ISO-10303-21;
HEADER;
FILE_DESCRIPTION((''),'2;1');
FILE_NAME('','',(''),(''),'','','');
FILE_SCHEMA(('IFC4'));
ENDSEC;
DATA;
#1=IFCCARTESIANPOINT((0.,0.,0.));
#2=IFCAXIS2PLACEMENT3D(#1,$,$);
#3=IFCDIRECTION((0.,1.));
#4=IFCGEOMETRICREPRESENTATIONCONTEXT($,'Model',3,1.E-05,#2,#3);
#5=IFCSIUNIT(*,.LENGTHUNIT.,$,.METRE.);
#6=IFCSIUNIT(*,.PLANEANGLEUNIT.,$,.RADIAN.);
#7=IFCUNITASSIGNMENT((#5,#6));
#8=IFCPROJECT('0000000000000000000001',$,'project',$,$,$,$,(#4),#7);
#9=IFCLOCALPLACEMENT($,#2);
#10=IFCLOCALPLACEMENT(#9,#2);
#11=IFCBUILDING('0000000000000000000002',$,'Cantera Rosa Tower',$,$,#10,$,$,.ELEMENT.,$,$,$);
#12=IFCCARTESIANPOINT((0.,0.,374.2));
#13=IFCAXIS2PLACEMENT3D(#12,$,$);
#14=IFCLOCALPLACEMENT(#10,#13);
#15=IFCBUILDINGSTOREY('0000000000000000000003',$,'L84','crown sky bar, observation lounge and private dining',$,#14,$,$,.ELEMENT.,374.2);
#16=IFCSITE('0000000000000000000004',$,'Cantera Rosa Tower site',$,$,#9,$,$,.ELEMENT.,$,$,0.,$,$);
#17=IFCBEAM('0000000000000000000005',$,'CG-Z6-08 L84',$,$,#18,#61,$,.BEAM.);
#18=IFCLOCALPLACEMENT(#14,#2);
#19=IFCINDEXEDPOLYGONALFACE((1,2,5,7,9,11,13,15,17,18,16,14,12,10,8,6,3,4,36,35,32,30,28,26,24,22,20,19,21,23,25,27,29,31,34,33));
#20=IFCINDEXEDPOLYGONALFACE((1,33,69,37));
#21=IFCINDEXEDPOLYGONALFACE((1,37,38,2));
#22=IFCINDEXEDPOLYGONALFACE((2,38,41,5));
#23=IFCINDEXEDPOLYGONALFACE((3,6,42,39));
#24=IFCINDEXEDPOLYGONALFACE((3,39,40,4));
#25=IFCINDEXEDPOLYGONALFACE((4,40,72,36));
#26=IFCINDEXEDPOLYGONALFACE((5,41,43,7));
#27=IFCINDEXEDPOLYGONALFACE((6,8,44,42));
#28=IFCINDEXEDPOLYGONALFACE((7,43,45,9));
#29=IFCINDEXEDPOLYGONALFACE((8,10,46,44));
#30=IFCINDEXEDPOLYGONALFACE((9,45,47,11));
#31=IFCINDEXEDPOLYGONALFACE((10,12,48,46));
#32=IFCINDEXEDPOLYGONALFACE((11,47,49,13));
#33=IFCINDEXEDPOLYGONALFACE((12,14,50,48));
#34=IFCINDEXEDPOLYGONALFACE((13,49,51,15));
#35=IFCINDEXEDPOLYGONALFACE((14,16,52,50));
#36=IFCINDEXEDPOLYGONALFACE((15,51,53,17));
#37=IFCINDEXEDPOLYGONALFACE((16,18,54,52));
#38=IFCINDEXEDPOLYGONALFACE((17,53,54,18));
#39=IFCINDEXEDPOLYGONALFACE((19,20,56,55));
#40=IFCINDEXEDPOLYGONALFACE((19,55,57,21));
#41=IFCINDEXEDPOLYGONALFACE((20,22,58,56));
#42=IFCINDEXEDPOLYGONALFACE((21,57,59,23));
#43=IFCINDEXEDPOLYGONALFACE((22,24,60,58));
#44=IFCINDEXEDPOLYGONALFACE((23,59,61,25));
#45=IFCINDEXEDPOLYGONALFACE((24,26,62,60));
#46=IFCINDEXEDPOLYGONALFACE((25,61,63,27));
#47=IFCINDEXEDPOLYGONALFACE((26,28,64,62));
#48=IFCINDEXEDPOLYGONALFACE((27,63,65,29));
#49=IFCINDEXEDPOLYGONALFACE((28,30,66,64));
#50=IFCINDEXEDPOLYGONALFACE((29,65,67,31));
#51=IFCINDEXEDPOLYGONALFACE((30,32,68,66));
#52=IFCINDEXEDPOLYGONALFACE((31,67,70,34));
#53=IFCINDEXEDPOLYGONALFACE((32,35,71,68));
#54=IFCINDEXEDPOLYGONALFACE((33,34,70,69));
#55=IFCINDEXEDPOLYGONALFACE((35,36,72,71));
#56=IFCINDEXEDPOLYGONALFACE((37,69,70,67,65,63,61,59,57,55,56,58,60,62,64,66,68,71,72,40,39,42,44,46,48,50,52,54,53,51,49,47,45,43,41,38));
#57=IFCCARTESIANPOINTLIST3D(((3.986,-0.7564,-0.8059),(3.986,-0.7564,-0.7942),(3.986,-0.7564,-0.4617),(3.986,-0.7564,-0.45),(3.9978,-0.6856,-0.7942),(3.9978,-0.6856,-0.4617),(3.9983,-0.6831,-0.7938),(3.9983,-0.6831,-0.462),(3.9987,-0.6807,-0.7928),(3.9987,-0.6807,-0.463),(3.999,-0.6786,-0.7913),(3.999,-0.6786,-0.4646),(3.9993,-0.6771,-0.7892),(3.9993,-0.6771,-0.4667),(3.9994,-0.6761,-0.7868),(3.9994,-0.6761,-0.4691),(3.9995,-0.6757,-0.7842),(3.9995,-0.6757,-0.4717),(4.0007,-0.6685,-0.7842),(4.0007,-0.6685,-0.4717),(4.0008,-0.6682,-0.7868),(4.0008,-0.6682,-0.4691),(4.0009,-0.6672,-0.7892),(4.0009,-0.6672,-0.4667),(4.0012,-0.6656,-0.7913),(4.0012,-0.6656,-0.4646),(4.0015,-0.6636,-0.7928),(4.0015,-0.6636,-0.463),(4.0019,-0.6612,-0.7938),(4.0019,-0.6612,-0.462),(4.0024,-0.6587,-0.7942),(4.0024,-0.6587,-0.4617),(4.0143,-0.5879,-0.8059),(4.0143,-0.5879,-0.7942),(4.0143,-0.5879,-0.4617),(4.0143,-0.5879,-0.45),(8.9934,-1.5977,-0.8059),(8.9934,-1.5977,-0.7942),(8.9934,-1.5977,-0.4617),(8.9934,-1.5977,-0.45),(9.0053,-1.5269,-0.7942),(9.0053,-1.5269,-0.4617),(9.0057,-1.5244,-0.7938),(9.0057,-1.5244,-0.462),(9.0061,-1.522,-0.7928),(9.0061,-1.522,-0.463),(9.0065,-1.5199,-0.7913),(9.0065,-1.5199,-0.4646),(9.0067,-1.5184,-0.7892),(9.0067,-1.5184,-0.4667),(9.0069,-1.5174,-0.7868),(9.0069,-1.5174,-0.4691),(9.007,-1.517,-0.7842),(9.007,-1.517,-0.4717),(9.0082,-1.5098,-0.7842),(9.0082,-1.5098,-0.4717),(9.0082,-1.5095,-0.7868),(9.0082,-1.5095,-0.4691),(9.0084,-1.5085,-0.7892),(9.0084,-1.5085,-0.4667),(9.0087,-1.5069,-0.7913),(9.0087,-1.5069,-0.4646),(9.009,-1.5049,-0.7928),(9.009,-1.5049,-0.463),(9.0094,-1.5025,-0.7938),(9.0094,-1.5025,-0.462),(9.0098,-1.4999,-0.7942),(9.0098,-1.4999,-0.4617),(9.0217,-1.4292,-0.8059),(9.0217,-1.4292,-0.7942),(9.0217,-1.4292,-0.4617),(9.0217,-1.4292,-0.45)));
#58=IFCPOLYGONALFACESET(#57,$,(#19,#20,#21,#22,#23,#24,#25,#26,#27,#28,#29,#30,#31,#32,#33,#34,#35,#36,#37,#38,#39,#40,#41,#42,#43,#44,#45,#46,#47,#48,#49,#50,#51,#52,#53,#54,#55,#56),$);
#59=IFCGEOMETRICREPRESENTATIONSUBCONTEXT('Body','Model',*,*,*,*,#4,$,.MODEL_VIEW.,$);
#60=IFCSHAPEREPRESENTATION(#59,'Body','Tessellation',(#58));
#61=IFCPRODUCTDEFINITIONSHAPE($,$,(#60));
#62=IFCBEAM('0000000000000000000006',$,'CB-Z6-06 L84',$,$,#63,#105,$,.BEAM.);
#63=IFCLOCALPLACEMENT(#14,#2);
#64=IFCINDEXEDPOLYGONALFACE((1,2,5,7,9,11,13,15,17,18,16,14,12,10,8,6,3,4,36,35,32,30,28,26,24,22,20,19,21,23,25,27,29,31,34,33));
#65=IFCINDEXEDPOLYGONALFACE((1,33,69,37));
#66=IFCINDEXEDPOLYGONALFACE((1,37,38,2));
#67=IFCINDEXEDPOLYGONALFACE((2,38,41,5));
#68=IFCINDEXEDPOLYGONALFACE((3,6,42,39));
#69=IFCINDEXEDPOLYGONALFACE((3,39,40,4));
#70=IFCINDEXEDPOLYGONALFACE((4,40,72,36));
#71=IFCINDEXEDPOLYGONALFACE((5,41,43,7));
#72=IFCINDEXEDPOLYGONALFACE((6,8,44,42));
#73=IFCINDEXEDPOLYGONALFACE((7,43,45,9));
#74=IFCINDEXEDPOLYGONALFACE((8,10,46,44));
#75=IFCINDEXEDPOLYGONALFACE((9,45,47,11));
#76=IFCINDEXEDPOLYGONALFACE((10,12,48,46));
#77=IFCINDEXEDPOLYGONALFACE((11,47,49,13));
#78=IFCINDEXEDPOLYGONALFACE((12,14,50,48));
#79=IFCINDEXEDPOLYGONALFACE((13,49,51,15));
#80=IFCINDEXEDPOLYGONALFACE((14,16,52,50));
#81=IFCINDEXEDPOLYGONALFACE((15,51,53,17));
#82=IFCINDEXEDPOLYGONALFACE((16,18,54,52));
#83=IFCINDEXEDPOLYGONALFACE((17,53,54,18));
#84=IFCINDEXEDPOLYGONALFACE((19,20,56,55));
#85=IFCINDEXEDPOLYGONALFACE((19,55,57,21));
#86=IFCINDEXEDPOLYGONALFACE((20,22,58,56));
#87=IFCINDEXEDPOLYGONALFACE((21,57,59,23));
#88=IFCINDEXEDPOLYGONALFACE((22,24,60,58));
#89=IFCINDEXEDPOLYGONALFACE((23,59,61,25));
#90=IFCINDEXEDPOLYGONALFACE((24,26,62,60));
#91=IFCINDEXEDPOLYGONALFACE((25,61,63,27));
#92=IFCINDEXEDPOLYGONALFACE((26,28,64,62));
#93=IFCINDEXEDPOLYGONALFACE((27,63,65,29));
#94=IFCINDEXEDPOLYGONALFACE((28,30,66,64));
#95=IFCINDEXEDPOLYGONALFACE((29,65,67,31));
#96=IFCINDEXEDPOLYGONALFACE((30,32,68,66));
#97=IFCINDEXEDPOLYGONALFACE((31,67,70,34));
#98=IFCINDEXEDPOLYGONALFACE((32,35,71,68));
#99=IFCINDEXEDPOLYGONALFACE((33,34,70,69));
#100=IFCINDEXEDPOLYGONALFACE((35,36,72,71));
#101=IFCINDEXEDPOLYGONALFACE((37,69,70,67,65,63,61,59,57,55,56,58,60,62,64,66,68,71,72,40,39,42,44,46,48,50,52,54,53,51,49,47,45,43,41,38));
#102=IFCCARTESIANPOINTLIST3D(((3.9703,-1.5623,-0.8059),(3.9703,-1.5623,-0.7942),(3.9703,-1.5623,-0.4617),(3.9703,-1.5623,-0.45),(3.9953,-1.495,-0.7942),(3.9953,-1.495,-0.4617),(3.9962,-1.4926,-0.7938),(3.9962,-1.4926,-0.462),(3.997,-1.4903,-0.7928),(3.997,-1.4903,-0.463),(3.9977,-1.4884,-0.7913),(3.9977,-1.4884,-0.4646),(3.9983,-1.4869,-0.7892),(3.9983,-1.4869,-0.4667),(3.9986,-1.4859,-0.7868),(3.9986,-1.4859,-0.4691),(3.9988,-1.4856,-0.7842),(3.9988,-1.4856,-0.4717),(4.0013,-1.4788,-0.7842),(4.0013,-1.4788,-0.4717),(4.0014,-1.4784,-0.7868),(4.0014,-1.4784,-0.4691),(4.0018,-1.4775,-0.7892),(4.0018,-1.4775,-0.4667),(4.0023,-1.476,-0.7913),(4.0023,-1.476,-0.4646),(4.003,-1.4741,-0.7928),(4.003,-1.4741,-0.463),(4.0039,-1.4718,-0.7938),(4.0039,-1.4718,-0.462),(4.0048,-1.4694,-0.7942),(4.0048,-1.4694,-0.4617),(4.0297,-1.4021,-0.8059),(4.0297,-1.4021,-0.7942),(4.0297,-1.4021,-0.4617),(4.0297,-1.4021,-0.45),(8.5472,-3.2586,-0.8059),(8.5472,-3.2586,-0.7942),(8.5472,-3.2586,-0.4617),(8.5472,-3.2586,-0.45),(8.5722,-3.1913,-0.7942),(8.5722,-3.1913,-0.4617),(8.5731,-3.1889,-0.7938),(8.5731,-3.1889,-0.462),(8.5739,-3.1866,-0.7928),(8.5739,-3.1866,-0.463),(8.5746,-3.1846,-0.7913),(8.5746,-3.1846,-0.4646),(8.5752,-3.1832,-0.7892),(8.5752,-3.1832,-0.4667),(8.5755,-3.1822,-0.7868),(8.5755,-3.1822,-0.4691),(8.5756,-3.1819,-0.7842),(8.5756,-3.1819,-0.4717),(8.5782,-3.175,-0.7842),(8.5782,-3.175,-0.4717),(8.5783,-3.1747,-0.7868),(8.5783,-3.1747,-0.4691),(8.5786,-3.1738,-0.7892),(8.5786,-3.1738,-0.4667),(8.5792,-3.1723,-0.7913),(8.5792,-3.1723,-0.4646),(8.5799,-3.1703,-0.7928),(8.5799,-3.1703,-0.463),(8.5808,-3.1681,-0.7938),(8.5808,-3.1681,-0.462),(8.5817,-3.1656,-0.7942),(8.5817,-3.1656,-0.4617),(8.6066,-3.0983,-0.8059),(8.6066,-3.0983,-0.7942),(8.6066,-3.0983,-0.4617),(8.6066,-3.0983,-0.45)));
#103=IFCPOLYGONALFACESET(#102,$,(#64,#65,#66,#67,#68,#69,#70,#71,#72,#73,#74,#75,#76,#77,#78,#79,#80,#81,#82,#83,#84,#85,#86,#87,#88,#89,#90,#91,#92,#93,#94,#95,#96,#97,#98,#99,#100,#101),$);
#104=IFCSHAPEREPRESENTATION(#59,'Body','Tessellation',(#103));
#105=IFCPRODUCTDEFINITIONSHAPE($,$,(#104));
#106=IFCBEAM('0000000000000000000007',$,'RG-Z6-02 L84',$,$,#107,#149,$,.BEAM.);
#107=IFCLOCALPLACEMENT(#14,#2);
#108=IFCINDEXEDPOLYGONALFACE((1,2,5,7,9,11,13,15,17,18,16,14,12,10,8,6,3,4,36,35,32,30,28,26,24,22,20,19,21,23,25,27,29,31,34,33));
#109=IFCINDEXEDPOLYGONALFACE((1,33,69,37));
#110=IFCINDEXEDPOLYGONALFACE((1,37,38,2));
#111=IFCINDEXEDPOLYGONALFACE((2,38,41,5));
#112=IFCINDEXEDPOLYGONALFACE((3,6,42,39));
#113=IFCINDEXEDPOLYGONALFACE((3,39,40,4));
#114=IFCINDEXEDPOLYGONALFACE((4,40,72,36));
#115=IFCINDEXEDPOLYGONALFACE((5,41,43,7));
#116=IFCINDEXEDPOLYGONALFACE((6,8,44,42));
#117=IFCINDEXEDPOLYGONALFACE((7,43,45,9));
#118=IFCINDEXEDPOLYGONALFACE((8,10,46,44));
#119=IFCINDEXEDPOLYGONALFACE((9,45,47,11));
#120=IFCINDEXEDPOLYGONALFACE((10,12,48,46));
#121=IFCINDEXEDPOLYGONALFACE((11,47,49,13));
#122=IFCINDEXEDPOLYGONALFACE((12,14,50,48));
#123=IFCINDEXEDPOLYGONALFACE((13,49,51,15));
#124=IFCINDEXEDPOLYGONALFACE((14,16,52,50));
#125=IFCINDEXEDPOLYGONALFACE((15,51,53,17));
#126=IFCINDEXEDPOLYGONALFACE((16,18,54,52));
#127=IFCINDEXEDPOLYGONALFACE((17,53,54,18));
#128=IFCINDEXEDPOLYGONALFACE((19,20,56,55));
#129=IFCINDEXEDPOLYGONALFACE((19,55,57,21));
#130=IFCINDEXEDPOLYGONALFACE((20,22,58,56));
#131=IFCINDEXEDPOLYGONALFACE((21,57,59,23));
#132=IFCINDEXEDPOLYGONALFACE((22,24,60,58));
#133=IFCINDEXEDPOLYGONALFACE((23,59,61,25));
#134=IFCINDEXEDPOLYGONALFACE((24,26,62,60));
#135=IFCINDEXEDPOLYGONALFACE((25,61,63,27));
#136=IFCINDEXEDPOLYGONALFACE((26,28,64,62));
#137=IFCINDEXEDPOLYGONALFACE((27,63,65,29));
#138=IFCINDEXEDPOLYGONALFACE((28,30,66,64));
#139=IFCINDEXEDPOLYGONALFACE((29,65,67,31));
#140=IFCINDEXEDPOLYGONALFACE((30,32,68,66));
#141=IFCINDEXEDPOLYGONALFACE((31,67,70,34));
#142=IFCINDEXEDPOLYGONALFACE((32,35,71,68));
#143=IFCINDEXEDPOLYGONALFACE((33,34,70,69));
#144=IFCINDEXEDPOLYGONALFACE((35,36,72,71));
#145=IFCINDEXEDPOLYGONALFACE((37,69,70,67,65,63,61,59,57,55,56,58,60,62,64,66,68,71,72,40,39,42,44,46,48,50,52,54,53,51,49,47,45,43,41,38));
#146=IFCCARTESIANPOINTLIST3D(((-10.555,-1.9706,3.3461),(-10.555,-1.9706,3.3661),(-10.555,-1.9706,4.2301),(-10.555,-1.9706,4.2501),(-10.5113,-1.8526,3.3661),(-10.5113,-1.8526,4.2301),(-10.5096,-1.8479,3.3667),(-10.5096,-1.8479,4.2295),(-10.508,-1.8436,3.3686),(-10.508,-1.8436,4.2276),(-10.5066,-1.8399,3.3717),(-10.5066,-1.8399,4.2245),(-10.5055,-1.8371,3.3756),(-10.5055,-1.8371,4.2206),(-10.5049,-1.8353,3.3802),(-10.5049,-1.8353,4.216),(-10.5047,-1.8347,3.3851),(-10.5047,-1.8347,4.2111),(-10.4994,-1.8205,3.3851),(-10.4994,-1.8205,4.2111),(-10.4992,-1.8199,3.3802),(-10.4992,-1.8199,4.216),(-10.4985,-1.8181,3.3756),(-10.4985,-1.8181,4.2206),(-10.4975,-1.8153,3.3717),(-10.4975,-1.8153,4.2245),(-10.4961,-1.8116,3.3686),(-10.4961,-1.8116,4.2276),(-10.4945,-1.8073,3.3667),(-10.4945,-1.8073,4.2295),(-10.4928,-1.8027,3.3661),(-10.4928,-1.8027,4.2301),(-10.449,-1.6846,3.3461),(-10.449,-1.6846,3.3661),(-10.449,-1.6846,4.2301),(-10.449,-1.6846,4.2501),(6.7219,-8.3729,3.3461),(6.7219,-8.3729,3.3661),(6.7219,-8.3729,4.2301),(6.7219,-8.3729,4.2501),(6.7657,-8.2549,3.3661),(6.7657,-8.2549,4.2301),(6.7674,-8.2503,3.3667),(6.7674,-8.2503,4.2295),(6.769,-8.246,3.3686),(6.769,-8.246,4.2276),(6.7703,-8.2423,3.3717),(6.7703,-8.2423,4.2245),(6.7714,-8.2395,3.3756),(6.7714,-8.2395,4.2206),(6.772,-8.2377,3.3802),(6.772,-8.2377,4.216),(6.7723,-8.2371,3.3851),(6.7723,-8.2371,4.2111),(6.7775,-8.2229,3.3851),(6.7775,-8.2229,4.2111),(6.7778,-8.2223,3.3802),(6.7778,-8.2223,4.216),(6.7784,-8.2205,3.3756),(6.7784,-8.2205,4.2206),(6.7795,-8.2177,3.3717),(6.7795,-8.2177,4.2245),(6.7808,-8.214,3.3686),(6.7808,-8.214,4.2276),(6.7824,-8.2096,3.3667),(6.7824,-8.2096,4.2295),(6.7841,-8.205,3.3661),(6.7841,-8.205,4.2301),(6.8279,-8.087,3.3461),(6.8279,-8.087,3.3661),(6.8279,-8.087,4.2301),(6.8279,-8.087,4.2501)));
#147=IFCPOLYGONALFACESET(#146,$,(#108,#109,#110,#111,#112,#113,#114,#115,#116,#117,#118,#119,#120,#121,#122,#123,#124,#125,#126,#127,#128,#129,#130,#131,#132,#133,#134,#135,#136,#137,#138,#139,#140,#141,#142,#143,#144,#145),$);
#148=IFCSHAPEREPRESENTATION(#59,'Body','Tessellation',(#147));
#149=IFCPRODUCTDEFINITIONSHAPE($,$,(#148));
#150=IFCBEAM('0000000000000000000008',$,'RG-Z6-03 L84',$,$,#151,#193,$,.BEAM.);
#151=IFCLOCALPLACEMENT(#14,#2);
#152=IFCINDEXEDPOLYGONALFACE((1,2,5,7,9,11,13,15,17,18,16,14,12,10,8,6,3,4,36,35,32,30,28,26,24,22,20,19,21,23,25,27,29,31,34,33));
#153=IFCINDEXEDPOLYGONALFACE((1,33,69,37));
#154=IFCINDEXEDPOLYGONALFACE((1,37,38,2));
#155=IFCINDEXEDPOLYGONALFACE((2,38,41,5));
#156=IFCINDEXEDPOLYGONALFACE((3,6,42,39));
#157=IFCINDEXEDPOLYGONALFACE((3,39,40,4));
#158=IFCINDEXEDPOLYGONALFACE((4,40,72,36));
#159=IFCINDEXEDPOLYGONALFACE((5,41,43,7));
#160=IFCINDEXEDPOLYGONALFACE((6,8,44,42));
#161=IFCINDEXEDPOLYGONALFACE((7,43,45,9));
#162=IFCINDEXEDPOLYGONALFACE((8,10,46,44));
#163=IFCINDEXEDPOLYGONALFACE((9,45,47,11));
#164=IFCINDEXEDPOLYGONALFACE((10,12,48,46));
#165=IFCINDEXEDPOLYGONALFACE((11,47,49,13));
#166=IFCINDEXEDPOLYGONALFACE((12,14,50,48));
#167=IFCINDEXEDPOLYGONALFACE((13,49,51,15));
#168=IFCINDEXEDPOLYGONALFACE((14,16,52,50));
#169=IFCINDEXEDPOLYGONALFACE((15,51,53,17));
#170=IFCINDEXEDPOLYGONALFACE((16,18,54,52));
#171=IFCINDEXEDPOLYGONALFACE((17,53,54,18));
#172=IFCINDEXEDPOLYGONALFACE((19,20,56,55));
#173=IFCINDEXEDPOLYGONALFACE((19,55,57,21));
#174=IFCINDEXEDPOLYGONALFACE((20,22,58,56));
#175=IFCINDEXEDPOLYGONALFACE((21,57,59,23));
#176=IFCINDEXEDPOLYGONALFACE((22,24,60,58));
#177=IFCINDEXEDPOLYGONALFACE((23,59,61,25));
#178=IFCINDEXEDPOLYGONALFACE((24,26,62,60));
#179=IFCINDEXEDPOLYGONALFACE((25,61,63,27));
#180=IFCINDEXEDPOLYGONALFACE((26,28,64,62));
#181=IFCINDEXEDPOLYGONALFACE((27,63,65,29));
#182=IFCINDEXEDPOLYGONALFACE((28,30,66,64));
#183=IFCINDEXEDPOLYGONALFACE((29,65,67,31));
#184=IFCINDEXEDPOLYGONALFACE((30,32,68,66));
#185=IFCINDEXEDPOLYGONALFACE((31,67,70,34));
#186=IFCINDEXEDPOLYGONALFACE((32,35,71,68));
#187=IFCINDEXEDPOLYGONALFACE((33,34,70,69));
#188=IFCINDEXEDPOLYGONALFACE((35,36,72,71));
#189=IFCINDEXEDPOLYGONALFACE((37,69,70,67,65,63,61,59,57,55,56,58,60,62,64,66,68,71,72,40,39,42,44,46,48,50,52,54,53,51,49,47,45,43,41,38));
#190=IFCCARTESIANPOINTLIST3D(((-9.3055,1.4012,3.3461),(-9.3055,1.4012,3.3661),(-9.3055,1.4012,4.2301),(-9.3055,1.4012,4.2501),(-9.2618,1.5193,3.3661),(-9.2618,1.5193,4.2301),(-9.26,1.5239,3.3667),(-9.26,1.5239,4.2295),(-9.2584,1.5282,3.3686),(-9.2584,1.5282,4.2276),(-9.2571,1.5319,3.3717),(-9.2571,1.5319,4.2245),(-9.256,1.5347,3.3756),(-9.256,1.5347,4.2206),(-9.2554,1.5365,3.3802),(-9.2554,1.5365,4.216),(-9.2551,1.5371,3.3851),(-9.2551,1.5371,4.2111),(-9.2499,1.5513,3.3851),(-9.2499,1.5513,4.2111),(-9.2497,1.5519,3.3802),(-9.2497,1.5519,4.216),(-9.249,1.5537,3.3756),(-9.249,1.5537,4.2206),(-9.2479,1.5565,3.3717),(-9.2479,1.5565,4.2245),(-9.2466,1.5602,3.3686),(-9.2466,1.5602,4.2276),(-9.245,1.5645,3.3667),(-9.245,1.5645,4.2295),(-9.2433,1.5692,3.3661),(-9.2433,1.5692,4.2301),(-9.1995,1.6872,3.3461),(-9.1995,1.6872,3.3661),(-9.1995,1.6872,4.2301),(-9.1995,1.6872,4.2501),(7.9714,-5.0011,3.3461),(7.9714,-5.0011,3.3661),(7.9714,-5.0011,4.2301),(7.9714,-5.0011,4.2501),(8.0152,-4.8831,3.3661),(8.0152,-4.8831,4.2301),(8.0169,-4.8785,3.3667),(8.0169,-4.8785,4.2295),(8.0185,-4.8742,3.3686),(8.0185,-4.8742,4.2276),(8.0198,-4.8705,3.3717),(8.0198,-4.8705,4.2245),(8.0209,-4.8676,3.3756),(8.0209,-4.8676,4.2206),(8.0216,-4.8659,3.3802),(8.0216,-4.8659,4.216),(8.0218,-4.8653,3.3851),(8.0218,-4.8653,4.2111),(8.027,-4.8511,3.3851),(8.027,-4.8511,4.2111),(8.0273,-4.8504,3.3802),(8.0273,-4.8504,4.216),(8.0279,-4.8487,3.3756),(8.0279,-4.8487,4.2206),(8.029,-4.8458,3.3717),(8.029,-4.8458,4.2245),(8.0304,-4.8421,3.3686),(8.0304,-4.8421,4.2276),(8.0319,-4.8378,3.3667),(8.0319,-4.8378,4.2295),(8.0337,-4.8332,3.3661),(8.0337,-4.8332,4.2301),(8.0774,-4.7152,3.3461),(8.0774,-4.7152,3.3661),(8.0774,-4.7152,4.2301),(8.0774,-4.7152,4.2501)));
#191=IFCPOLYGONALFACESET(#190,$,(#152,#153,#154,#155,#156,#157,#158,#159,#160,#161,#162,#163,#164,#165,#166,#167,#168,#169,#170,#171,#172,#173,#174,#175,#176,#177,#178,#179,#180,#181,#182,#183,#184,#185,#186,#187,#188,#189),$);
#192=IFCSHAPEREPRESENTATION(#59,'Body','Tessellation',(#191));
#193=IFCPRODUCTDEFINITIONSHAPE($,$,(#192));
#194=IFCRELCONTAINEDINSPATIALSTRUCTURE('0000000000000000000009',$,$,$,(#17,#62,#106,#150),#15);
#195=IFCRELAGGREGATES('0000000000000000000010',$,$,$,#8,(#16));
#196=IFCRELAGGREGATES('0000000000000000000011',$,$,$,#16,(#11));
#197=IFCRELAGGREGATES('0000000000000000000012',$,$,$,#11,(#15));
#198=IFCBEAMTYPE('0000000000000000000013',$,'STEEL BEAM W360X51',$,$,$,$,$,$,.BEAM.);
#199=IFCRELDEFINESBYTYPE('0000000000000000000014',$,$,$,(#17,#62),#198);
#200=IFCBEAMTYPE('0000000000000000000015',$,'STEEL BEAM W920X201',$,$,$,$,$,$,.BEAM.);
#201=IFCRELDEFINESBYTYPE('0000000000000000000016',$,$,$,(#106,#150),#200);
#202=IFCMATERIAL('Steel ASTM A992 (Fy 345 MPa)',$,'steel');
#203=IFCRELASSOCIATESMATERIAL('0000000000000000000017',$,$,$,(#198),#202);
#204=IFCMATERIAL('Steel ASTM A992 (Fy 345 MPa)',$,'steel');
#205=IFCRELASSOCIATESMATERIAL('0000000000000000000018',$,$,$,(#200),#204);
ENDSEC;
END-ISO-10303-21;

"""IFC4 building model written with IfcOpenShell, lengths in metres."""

from ifc_helpers import new_model, si_unit, direction, frame, origin, origin_2d, place, context, subcontext, project, spatial, i_section, extrude, material, material_profile, profile_set, type_object, element, save


model = new_model("IFC4")

# Units and contexts
model_context = context("Model", 3, precision=1e-05, world=origin(), true_north=direction((0.0, 1.0)))
body_context = subcontext(model_context, "Body", "Model", "MODEL_VIEW")
ifc_project = project(units=[si_unit("LENGTHUNIT", "METRE"), si_unit("PLANEANGLEUNIT", "RADIAN")], contexts=[model_context])

# Site, building, storey
site_placement = place(None, origin())
site = spatial("IfcSite", under=ifc_project, at=site_placement, Name="Cantera Rosa Tower site", CompositionType="ELEMENT", RefElevation=0.0)
building_placement = place(site_placement, origin())
building = spatial("IfcBuilding", under=site, at=building_placement, Name="Cantera Rosa Tower", CompositionType="ELEMENT")
storey_placement = place(building_placement, frame((0.0, 0.0, 374.2)))
storey = spatial("IfcBuildingStorey", under=building, at=storey_placement, Name="L84", Description="crown sky bar, observation lounge and private dining", CompositionType="ELEMENT", Elevation=374.2)

# Beams
ifc_material_1 = material(Name="Steel ASTM A992 (Fy 345 MPa)", Category="steel")
ifc_material_profile_1 = material_profile(ifc_material_1, i_section(OverallWidth=0.1709, OverallDepth=0.356, WebThickness=0.0073, FlangeThickness=0.0117, FilletRadius=0.01, at=origin_2d()), Name="W360X51")
ifc_profile_set_1 = profile_set([ifc_material_profile_1], Name="Steel ASTM A992 (Fy 345 MPa)")
beam_type_1 = type_object("IfcBeamType", Name="STEEL BEAM W360X51", PredefinedType="BEAM", material=ifc_profile_set_1)
beam_1_placement = place(storey_placement, frame((9.0076, -1.5134, -0.6279), z_axis=(-0.986179, 0.165685, 0.0), x_axis=(-0.165685, -0.986179, 0.0)))
element("IfcBeam", 1, at=beam_1_placement, inside=storey, type_object=beam_type_1, Name="CG-Z6-08 L84", PredefinedType="BEAM", context=body_context, shape_type="SweptSolid", body=[
    extrude(i_section(OverallWidth=0.1709, OverallDepth=0.356, WebThickness=0.0073, FlangeThickness=0.0117, FilletRadius=0.01, at=origin_2d()), origin(), (0.0, 0.0, 1.0), 5.0776),
])
beam_2_placement = place(storey_placement, frame((8.5769, -3.1785, -0.6279), z_axis=(-0.937673, 0.34752, 0.0), x_axis=(-0.34752, -0.937673, 0.0)))
element("IfcBeam", 2, at=beam_2_placement, inside=storey, type_object=beam_type_1, Name="CB-Z6-06 L84", PredefinedType="BEAM", context=body_context, shape_type="SweptSolid", body=[
    extrude(i_section(OverallWidth=0.1709, OverallDepth=0.356, WebThickness=0.0073, FlangeThickness=0.0117, FilletRadius=0.01, at=origin_2d()), origin(), (0.0, 0.0, 1.0), 4.8811),
])
ifc_material_2 = material(Name="Steel ASTM A992 (Fy 345 MPa)", Category="steel")
ifc_material_profile_2 = material_profile(ifc_material_2, i_section(OverallWidth=0.3049, OverallDepth=0.9041, WebThickness=0.0151, FlangeThickness=0.02, FilletRadius=0.019, at=origin_2d()), Name="W920X201")
ifc_profile_set_2 = profile_set([ifc_material_profile_2], Name="Steel ASTM A992 (Fy 345 MPa)")
beam_type_2 = type_object("IfcBeamType", Name="STEEL BEAM W920X201", PredefinedType="BEAM", material=ifc_profile_set_2)
for number, where, z_axis, x_axis, name in (
    (3, (6.7749, -8.23, 3.7981), (-0.937687, 0.347482, 0.0), (-0.347482, -0.937687, 0.0), "RG-Z6-02 L84"),
    (4, (8.0244, -4.8582, 3.7981), (-0.937687, 0.347482, 0.0), (-0.347482, -0.937687, 0.0), "RG-Z6-03 L84"),
):
    element("IfcBeam", number, at=place(storey_placement, frame(where, z_axis=z_axis, x_axis=x_axis)), inside=storey, type_object=beam_type_2, Name=name, PredefinedType="BEAM", context=body_context, shape_type="SweptSolid", body=[
        extrude(i_section(OverallWidth=0.3049, OverallDepth=0.9041, WebThickness=0.0151, FlangeThickness=0.02, FilletRadius=0.019, at=origin_2d()), origin(), (0.0, 0.0, 1.0), 18.425),
    ])

save(model, "model.ifc")
